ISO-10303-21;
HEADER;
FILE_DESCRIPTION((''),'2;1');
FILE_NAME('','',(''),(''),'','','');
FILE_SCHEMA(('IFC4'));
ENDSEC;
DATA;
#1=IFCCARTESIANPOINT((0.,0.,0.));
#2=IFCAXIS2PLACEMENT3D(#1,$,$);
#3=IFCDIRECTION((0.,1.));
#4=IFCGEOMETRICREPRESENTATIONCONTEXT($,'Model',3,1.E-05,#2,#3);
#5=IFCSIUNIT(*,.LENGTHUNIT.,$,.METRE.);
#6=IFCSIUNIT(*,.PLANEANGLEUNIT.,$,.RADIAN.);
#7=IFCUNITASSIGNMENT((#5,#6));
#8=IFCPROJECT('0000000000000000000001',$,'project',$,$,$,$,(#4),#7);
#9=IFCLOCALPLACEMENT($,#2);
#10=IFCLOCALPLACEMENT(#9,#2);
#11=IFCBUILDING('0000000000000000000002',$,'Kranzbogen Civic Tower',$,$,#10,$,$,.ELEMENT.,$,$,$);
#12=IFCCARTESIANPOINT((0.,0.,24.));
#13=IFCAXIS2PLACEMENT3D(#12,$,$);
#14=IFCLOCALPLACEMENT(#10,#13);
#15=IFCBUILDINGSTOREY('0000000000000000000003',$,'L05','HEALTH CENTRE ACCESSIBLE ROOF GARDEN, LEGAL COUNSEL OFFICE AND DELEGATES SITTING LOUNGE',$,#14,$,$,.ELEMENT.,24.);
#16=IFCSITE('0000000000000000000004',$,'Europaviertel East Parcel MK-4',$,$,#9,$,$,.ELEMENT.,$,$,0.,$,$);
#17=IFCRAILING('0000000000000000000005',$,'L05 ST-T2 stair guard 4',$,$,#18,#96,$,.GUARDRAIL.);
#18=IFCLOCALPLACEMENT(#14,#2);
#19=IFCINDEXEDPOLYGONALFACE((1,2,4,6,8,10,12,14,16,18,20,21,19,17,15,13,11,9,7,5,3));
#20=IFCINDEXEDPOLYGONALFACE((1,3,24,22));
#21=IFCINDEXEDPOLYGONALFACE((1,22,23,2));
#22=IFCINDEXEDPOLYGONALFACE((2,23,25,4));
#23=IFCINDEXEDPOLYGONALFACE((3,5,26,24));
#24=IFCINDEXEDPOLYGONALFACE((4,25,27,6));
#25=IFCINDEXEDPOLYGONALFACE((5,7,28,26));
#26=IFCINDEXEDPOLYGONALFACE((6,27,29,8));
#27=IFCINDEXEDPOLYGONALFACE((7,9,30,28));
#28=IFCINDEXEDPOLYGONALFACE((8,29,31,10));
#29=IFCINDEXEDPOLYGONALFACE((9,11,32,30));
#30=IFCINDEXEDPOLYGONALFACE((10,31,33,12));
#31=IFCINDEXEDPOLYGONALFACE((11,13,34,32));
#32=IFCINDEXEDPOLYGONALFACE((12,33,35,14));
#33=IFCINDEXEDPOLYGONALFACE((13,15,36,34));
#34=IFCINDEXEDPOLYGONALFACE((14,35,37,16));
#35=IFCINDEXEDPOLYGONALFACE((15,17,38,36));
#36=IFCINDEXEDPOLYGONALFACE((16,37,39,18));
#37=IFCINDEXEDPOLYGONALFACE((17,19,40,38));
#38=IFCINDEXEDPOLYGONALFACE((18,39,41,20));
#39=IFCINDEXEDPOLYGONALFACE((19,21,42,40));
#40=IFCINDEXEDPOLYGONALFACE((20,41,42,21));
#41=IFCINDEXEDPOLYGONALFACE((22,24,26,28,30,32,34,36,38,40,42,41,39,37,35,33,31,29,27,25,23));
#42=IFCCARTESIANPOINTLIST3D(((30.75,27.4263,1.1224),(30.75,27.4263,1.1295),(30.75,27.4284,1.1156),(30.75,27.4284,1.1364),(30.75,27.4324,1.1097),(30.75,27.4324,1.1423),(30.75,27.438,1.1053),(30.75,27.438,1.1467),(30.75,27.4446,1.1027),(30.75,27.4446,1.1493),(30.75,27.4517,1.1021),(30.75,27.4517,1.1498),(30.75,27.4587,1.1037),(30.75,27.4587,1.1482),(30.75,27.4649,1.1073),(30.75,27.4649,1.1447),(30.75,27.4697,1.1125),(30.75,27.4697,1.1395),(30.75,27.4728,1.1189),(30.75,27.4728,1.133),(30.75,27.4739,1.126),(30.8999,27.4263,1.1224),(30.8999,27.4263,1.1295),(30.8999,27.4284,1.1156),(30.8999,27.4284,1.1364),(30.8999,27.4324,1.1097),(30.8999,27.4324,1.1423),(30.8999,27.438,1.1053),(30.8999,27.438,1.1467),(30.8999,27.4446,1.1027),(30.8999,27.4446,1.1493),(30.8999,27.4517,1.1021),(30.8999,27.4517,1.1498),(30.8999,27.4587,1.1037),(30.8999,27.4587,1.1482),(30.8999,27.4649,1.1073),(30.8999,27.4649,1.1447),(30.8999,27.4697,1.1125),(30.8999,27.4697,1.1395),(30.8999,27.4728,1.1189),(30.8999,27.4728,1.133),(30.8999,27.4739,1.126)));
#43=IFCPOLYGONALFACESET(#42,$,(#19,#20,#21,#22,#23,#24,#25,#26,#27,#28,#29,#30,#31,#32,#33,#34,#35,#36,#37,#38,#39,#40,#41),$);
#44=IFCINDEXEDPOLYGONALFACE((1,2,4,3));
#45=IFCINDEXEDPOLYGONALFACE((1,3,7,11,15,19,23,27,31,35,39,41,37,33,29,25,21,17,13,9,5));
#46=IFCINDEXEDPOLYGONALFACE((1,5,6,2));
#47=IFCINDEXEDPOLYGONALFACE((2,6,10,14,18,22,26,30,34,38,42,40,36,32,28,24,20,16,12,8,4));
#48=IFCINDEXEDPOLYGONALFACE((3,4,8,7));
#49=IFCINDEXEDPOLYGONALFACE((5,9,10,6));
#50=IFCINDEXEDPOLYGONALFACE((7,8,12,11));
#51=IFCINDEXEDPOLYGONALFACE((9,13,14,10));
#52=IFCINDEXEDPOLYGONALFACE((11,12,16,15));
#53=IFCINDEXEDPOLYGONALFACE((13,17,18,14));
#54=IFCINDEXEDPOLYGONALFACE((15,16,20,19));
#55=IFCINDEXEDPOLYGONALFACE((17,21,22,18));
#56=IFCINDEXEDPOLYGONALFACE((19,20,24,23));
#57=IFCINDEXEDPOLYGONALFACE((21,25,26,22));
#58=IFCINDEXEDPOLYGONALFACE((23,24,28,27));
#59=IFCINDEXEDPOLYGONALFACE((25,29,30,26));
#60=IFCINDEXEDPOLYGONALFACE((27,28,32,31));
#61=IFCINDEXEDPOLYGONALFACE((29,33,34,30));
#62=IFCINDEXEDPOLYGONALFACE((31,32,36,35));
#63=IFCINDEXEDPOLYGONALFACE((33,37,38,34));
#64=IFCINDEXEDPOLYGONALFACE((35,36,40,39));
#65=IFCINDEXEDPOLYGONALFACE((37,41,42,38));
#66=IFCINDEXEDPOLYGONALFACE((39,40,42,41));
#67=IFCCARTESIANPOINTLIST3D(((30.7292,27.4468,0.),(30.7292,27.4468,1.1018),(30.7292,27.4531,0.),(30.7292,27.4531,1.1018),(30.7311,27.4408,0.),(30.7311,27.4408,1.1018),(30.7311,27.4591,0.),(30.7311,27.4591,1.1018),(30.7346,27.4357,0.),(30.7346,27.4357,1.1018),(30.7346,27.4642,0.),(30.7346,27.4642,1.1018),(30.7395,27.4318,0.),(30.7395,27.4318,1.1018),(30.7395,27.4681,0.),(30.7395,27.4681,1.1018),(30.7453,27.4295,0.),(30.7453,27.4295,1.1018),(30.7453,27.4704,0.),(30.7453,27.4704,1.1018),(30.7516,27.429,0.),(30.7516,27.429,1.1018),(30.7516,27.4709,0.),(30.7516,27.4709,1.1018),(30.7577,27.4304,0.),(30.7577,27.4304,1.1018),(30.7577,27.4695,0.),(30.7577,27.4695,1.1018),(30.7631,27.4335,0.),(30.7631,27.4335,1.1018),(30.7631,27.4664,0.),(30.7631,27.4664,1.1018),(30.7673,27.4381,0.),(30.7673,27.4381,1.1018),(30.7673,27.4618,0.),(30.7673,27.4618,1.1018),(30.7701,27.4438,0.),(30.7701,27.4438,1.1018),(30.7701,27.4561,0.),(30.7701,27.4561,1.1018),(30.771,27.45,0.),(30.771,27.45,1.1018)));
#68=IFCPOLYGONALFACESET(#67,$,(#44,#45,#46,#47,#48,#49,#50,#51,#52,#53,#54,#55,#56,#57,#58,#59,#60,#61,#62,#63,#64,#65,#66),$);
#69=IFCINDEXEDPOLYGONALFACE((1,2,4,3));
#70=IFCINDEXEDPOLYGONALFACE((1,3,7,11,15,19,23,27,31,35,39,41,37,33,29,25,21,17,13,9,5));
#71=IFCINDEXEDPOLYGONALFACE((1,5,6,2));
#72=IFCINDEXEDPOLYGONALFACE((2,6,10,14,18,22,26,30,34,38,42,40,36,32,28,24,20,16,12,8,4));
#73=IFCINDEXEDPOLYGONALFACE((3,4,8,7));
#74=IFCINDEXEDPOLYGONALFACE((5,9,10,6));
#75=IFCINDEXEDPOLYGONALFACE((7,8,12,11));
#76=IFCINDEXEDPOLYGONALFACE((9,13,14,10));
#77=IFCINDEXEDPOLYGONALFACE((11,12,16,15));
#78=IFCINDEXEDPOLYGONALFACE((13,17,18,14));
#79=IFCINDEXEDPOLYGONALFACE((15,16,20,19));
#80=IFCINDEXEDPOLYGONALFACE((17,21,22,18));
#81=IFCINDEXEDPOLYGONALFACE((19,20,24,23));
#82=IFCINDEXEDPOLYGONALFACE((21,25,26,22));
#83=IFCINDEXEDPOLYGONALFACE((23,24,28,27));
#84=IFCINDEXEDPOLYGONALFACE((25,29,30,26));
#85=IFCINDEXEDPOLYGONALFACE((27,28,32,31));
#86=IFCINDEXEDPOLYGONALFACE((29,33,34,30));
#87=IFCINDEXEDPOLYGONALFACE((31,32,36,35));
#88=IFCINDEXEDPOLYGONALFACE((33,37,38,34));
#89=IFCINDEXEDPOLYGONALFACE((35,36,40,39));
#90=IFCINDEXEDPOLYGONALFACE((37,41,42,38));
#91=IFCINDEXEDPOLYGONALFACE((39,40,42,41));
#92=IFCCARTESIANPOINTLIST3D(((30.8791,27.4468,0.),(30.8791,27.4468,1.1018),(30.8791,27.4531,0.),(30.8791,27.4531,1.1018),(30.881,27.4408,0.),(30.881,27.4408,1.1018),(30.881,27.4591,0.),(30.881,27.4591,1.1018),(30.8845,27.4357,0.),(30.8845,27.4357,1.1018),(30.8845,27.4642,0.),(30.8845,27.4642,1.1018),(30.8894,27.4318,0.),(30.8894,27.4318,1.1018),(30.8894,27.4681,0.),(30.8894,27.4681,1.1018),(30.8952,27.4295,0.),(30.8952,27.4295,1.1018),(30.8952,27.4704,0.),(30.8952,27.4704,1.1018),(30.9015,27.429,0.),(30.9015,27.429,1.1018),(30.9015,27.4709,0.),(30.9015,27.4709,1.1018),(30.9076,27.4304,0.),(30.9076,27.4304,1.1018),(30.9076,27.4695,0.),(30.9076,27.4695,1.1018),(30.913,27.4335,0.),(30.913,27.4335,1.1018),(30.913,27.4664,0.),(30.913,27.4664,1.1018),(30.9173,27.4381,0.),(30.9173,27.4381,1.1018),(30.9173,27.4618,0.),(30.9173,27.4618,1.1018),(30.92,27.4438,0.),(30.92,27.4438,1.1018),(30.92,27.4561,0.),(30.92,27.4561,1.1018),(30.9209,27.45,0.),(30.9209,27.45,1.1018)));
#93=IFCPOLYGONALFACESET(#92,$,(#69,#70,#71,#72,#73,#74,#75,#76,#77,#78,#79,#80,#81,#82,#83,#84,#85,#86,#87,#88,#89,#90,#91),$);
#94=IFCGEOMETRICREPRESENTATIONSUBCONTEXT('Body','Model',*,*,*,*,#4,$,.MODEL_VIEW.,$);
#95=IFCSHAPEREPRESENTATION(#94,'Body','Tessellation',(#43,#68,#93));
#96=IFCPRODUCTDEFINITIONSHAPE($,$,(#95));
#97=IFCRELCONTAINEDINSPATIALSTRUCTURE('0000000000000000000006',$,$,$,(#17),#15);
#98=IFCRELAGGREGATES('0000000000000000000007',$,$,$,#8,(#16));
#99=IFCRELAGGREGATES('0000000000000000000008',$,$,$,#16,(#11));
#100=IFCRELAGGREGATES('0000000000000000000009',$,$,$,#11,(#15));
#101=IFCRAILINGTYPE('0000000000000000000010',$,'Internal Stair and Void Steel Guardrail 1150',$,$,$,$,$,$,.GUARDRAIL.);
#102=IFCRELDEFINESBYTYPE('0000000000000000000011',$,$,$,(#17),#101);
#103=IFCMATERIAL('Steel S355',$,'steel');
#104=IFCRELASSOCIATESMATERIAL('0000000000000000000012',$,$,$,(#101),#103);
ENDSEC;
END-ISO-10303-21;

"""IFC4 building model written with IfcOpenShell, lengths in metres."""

from ifc_helpers import new_model, si_unit, direction, frame, origin, origin_2d, place, context, subcontext, project, spatial, circle, extrude, material, type_object, element, save


model = new_model("IFC4")

# Units and contexts
model_context = context("Model", 3, precision=1e-05, world=origin(), true_north=direction((0.0, 1.0)))
body_context = subcontext(model_context, "Body", "Model", "MODEL_VIEW")
ifc_project = project(units=[si_unit("LENGTHUNIT", "METRE"), si_unit("PLANEANGLEUNIT", "RADIAN")], contexts=[model_context])

# Site, building, storey
site_placement = place(None, origin())
site = spatial("IfcSite", under=ifc_project, at=site_placement, Name="Europaviertel East Parcel MK-4", CompositionType="ELEMENT", RefElevation=0.0)
building_placement = place(site_placement, origin())
building = spatial("IfcBuilding", under=site, at=building_placement, Name="Kranzbogen Civic Tower", CompositionType="ELEMENT")
storey_placement = place(building_placement, frame((0.0, 0.0, 24.0)))
storey = spatial("IfcBuildingStorey", under=building, at=storey_placement, Name="L05", Description="HEALTH CENTRE ACCESSIBLE ROOF GARDEN, LEGAL COUNSEL OFFICE AND DELEGATES SITTING LOUNGE", CompositionType="ELEMENT", Elevation=24.0)

# Shared definitions
ifc_material_1 = material(Name="Steel S355", Category="steel")

# Railing
railing_type_1 = type_object("IfcRailingType", Name="Internal Stair and Void Steel Guardrail 1150", PredefinedType="GUARDRAIL", material=ifc_material_1)
railing_1_placement = place(storey_placement, frame((30.75, 27.45, 0.0)))
element("IfcRailing", 1, at=railing_1_placement, inside=storey, type_object=railing_type_1, Name="L05 ST-T2 stair guard 4", PredefinedType="GUARDRAIL", context=body_context, shape_type="SweptSolid", body=[
    extrude(circle(Radius=0.0239, at=origin_2d()), frame((0.0, 0.0, 1.126), z_axis=(1.0, 0.0, 0.0), x_axis=(0.0, 1.0, 0.0)), (0.0, 0.0, 1.0), 0.1499),
    extrude(circle(Radius=0.021, at=origin_2d()), origin(), (0.0, 0.0, 1.0), 1.1018),
    extrude(circle(Radius=0.021, at=origin_2d()), frame((0.1499, 0.0, 0.0)), (0.0, 0.0, 1.0), 1.1018),
])

save(model, "model.ifc")
